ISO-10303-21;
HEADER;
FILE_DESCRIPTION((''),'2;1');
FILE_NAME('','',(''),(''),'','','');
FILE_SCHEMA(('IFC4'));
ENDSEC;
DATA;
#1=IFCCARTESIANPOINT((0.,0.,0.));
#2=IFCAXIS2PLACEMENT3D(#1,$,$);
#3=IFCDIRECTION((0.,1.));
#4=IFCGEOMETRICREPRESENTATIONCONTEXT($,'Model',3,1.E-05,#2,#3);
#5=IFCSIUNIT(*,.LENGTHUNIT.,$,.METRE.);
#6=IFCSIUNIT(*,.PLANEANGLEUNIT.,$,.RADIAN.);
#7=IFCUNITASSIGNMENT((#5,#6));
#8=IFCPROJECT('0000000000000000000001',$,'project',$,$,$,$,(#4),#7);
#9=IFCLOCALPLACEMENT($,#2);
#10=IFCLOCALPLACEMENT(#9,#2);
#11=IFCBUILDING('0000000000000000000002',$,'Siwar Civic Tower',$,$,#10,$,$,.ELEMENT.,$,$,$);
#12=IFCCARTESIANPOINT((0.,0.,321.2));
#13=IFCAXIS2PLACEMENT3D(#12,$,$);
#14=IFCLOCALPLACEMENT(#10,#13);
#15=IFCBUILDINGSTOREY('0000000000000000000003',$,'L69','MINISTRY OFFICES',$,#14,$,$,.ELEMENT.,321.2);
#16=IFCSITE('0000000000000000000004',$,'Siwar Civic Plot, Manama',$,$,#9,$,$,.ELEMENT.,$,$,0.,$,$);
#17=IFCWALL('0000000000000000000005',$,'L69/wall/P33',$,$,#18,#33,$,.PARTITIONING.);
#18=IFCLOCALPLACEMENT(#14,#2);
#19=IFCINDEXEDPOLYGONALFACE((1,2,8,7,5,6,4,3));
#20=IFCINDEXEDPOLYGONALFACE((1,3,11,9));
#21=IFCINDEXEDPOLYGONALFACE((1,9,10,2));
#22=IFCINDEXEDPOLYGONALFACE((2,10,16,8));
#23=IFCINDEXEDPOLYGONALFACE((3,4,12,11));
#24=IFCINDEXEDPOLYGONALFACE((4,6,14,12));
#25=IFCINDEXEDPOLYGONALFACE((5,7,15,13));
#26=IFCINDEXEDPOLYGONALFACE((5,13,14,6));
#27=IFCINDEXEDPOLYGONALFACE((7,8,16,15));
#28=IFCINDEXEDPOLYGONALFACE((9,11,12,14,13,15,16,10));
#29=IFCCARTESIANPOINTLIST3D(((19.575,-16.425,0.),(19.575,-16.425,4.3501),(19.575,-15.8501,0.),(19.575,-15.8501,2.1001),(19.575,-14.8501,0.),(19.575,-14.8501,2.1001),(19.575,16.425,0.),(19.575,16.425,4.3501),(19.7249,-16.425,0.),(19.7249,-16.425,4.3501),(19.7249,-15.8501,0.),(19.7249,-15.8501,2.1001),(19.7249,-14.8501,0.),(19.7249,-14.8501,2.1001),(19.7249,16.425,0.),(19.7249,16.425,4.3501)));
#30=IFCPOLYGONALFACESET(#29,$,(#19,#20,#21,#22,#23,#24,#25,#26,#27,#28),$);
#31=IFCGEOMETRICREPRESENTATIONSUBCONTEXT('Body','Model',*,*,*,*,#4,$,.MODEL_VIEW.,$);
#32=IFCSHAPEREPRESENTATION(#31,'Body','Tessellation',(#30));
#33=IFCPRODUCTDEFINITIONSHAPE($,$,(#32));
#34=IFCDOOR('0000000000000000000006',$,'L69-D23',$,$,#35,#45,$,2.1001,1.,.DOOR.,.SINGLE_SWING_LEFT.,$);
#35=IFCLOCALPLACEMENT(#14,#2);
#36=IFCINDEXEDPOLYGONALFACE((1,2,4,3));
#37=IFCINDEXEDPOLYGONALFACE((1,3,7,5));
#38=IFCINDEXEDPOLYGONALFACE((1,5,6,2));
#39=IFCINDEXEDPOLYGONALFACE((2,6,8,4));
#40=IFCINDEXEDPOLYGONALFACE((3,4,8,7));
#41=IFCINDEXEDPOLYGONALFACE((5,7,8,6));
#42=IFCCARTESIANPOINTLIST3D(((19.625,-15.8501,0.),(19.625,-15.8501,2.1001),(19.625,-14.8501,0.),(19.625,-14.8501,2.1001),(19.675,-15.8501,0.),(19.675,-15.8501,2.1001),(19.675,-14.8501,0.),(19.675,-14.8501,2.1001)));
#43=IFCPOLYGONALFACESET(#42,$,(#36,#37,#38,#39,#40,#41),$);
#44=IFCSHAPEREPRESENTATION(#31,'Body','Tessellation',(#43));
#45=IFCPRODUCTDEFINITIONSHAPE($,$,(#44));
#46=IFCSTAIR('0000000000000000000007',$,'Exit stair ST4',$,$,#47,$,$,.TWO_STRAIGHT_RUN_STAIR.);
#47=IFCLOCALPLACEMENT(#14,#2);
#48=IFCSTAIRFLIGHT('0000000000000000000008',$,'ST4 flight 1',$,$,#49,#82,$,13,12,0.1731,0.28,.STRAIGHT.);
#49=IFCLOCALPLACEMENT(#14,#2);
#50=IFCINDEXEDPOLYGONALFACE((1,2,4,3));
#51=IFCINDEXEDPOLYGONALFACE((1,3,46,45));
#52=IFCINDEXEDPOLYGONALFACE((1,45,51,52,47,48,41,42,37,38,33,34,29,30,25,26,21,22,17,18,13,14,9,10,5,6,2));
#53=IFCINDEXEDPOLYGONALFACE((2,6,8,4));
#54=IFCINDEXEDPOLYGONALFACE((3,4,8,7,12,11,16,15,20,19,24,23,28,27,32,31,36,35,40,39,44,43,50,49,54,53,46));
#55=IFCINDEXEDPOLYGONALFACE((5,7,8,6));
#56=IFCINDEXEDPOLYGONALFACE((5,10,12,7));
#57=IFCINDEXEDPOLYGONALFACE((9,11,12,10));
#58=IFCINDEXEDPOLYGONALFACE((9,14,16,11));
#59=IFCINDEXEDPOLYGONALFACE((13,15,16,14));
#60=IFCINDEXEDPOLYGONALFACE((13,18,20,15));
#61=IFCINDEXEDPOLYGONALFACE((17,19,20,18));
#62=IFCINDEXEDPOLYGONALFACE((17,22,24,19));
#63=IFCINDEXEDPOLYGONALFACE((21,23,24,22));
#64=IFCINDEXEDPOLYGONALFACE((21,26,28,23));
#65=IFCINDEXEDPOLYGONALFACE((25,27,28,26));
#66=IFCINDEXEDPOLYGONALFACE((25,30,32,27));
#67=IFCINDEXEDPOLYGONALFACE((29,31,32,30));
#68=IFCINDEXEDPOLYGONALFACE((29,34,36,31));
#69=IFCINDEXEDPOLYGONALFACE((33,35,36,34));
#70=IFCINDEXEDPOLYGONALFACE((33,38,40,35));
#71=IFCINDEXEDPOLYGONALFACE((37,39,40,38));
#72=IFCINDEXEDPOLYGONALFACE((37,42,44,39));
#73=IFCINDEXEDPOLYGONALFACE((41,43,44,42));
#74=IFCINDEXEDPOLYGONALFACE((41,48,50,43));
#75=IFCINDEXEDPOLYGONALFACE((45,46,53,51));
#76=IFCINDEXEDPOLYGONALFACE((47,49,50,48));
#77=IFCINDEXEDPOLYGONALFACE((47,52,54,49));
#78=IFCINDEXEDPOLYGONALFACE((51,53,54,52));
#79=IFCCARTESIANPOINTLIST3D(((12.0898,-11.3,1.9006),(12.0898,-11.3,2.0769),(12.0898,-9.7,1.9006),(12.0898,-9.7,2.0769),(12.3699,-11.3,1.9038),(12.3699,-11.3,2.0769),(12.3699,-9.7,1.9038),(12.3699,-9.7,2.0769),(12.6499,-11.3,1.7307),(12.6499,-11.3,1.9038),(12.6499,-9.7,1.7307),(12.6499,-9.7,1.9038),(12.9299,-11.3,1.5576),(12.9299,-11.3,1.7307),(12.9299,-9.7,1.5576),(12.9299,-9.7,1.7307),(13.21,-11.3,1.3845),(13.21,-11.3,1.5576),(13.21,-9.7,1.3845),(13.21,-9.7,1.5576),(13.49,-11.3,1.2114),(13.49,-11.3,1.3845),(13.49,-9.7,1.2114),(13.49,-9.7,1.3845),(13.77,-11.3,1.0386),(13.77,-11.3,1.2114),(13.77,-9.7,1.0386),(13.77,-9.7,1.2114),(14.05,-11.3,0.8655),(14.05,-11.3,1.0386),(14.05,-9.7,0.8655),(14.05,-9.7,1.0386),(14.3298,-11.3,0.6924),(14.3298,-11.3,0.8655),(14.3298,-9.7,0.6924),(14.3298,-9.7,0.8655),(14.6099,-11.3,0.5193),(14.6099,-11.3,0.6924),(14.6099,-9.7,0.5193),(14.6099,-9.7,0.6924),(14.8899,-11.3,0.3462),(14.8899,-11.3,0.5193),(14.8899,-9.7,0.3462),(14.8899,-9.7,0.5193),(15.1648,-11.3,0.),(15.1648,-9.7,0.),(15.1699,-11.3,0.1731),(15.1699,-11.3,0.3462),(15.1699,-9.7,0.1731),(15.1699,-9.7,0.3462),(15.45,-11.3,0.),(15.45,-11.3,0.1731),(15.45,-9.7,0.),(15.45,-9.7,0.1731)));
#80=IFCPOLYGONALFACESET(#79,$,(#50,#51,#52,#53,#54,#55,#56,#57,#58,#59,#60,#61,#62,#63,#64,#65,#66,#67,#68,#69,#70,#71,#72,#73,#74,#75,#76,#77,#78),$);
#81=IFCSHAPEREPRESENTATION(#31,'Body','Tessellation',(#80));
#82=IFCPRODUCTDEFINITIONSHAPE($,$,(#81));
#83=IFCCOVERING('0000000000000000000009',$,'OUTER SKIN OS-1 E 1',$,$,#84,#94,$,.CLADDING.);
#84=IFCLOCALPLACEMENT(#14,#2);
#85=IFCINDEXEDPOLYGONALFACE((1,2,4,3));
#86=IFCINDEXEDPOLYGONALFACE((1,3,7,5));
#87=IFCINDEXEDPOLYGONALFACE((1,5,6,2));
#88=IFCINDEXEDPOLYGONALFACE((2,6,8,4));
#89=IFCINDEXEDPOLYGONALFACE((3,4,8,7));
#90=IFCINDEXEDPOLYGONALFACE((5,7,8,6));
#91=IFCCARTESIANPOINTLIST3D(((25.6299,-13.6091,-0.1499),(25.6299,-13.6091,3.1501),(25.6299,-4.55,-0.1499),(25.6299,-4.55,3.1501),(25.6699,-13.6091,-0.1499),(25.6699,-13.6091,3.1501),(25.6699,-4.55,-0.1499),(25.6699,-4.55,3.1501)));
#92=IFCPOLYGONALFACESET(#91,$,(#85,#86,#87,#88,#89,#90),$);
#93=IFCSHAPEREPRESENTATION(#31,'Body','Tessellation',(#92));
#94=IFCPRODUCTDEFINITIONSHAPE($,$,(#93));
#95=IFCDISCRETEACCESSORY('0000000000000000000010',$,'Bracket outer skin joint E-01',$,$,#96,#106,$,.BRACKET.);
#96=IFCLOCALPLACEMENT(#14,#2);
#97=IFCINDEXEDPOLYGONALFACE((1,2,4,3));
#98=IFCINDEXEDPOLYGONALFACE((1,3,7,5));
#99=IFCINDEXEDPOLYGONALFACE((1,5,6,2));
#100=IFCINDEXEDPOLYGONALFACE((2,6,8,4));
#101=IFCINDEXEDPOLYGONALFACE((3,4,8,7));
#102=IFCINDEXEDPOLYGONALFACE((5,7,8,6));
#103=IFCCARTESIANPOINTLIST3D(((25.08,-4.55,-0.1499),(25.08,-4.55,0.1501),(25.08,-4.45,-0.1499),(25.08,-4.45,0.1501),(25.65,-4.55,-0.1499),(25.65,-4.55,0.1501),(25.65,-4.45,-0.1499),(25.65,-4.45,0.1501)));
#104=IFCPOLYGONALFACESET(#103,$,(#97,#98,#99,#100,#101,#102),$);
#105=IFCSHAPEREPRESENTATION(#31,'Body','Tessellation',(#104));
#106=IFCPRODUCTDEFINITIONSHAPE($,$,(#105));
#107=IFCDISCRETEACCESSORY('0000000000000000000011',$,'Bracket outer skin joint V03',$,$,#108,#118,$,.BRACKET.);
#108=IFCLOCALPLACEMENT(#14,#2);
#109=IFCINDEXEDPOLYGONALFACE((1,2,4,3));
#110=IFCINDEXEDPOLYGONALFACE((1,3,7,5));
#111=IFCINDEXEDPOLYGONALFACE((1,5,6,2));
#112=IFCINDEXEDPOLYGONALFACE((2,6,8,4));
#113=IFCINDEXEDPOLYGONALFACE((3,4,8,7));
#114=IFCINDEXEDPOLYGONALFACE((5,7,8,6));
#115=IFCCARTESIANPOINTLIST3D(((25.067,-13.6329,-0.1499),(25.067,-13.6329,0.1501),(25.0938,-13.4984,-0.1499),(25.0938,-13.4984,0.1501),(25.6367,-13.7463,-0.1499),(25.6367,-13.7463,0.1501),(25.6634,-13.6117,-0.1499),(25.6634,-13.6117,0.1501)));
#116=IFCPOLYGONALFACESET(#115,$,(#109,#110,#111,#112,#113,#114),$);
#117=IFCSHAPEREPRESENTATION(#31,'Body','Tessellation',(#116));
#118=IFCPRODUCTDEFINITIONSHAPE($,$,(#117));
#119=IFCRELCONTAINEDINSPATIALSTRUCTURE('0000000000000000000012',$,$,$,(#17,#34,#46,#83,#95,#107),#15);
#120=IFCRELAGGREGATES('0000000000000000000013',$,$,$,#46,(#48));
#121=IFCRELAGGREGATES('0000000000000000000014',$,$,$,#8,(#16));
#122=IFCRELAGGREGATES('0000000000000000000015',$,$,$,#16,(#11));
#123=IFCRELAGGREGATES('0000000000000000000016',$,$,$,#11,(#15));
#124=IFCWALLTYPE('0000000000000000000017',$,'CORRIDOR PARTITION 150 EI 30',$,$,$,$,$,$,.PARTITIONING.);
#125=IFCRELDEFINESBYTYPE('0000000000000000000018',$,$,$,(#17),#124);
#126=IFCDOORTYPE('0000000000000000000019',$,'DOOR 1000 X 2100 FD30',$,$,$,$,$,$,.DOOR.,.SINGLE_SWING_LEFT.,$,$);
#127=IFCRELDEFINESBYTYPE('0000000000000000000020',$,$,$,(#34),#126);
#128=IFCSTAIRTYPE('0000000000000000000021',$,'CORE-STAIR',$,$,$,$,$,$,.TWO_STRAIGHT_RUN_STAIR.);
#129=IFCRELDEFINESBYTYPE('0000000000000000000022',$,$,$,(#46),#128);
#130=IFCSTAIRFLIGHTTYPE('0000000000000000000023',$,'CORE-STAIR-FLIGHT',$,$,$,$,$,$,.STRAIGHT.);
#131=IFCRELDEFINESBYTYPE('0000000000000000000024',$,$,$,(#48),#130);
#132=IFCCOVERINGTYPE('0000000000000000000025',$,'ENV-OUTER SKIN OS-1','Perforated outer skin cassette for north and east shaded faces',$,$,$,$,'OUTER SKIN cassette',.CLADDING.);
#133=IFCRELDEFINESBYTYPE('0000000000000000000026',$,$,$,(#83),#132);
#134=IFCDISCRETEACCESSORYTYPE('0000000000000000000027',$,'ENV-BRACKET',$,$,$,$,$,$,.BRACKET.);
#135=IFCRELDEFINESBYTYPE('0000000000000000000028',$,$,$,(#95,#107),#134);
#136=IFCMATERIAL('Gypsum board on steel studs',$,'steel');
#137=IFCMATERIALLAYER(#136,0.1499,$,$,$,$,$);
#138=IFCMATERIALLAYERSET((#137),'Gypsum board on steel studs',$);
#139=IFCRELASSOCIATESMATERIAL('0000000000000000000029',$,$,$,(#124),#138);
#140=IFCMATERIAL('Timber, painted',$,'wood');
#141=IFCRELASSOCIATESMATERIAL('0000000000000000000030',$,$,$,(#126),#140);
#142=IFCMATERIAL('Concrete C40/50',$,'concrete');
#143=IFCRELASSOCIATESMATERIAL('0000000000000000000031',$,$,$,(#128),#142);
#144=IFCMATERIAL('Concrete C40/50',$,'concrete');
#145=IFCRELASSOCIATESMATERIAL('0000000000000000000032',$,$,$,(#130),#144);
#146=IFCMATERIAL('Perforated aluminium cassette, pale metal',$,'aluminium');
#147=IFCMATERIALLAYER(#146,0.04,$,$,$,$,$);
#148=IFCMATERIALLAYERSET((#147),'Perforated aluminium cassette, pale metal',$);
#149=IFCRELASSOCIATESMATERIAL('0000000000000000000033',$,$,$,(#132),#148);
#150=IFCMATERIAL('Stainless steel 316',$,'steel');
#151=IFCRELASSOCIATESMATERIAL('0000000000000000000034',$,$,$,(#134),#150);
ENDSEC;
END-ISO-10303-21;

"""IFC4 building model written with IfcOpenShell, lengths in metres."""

from ifc_helpers import new_model, si_unit, direction, frame, frame_2d, origin, origin_2d, place, context, subcontext, project, spatial, polyline, rectangle, outline, extrude, material, layer, layer_set, type_object, element, fill, aggregate, save


model = new_model("IFC4")

# Units and contexts
model_context = context("Model", 3, precision=1e-05, world=origin(), true_north=direction((0.0, 1.0)))
body_context = subcontext(model_context, "Body", "Model", "MODEL_VIEW")
ifc_project = project(units=[si_unit("LENGTHUNIT", "METRE"), si_unit("PLANEANGLEUNIT", "RADIAN")], contexts=[model_context])

# Site, building, storey
site_placement = place(None, origin())
site = spatial("IfcSite", under=ifc_project, at=site_placement, Name="Siwar Civic Plot, Manama", CompositionType="ELEMENT", RefElevation=0.0)
building_placement = place(site_placement, origin())
building = spatial("IfcBuilding", under=site, at=building_placement, Name="Siwar Civic Tower", CompositionType="ELEMENT")
storey_placement = place(building_placement, frame((0.0, 0.0, 321.2)))
storey = spatial("IfcBuildingStorey", under=building, at=storey_placement, Name="L69", Description="MINISTRY OFFICES", CompositionType="ELEMENT", Elevation=321.2)

# Wall, opening, door
ifc_material_1 = material(Name="Gypsum board on steel studs", Category="steel")
ifc_layer_1 = layer(ifc_material_1, 0.1499)
ifc_layer_set_1 = layer_set([ifc_layer_1], Name="Gypsum board on steel studs")
wall_type_1 = type_object("IfcWallType", Name="CORRIDOR PARTITION 150 EI 30", PredefinedType="PARTITIONING", material=ifc_layer_set_1)
wall_1_placement = place(storey_placement, frame((19.6499, -16.425, 0.0), z_axis=(0.0, 0.0, 1.0), x_axis=(0.0, 1.0, 0.0)))
wall_1 = element("IfcWall", 1, at=wall_1_placement, inside=storey, type_object=wall_type_1, Name="L69/wall/P33", PredefinedType="PARTITIONING", context=body_context, shape_type="SweptSolid", body=[
    extrude(rectangle(XDim=32.8501, YDim=0.1499, at=frame_2d((16.425, 0.0))), origin(), (0.0, 0.0, 1.0), 4.3501),
])
opening_1_placement = place(wall_1_placement, frame((0.575, 0.0, 0.0)))
opening_1 = element("IfcOpeningElement", 2, at=opening_1_placement, cuts=wall_1, PredefinedType="OPENING", context=body_context, shape_type="SweptSolid", body=[
    extrude(rectangle(XDim=1.0, YDim=2.1001, at=frame_2d((0.5, 1.05))), frame((0.0, 0.085, 0.0), z_axis=(0.0, -1.0, 0.0), x_axis=(1.0, 0.0, 0.0)), (0.0, 0.0, 1.0), 0.1699),
])
ifc_material_2 = material(Name="Timber, painted", Category="wood")
door_type_1 = type_object("IfcDoorType", Name="DOOR 1000 X 2100 FD30", OperationType="SINGLE_SWING_LEFT", PredefinedType="DOOR", material=ifc_material_2)
door_1_placement = place(opening_1_placement, origin())
door_1 = element("IfcDoor", 3, at=door_1_placement, inside=storey, type_object=door_type_1, Name="L69-D23", OperationType="SINGLE_SWING_LEFT", OverallHeight=2.1001, OverallWidth=1.0, PredefinedType="DOOR", context=body_context, shape_type="SweptSolid", body=[
    extrude(rectangle(XDim=1.0, YDim=2.1001, at=frame_2d((0.5, 1.05))), frame((0.0, 0.0249, 0.0), z_axis=(0.0, -1.0, 0.0), x_axis=(1.0, 0.0, 0.0)), (0.0, 0.0, 1.0), 0.05),
])
fill(opening_1, door_1)

# Stair, stair flight
ifc_material_3 = material(Name="Concrete C40/50", Category="concrete")
stair_type = type_object("IfcStairType", Name="CORE-STAIR", PredefinedType="TWO_STRAIGHT_RUN_STAIR", material=ifc_material_3)
stair_placement = place(storey_placement, origin())
stair = element("IfcStair", 4, at=stair_placement, inside=storey, type_object=stair_type, Name="Exit stair ST4", PredefinedType="TWO_STRAIGHT_RUN_STAIR")
ifc_material_4 = material(Name="Concrete C40/50", Category="concrete")
stair_flight_type = type_object("IfcStairFlightType", Name="CORE-STAIR-FLIGHT", PredefinedType="STRAIGHT", material=ifc_material_4)
stair_flight_placement = place(storey_placement, frame((15.45, -10.5, 0.0), z_axis=(0.0, 0.0, 1.0), x_axis=(-1.0, 0.0, 0.0)))
stair_flight = element("IfcStairFlight", 5, at=stair_flight_placement, type_object=stair_flight_type, Name="ST4 flight 1", NumberOfRisers=13, NumberOfTreads=12, PredefinedType="STRAIGHT", RiserHeight=0.1731, TreadLength=0.28, context=body_context, shape_type="SweptSolid", body=[
    extrude(outline(polyline([(0.0, 0.0), (0.0, 0.1731), (0.28, 0.1731), (0.28, 0.3462), (0.5601, 0.3462), (0.5601, 0.5193), (0.8401, 0.5193), (0.8401, 0.6924), (1.1201, 0.6924), (1.1201, 0.8655), (1.3999, 0.8655), (1.3999, 1.0386), (1.6799, 1.0386), (1.6799, 1.2114), (1.96, 1.2114), (1.96, 1.3845), (2.24, 1.3845), (2.24, 1.5576), (2.52, 1.5576), (2.52, 1.7307), (2.8, 1.7307), (2.8, 1.9038), (3.0801, 1.9038), (3.0801, 2.0769), (3.3601, 2.0769), (3.3601, 2.25), (3.3601, 1.9006), (0.2852, 0.0), (0.0, 0.0)])), frame((0.0, 0.8, 0.0), z_axis=(0.0, -1.0, 0.0), x_axis=(1.0, 0.0, 0.0)), (0.0, 0.0, 1.0), 1.6001),
])
aggregate(stair, [stair_flight])

# Covering
ifc_material_5 = material(Name="Perforated aluminium cassette, pale metal", Category="aluminium")
ifc_layer_2 = layer(ifc_material_5, 0.04)
ifc_layer_set_2 = layer_set([ifc_layer_2], Name="Perforated aluminium cassette, pale metal")
covering_type = type_object("IfcCoveringType", Name="ENV-OUTER SKIN OS-1", Description="Perforated outer skin cassette for north and east shaded faces", ElementType="OUTER SKIN cassette", PredefinedType="CLADDING", material=ifc_layer_set_2)
covering_placement = place(storey_placement, frame((25.6499, -9.0796, -0.1499), z_axis=(0.0, 0.0, 1.0), x_axis=(0.0, 1.0, 0.0)))
element("IfcCovering", 6, at=covering_placement, inside=storey, type_object=covering_type, Name="OUTER SKIN OS-1 E 1", PredefinedType="CLADDING", context=body_context, shape_type="SweptSolid", body=[
    extrude(rectangle(XDim=9.0591, YDim=0.04, at=origin_2d()), origin(), (0.0, 0.0, 1.0), 3.3),
])

# Discrete accessories
ifc_material_6 = material(Name="Stainless steel 316", Category="steel")
discrete_accessory_type = type_object("IfcDiscreteAccessoryType", Name="ENV-BRACKET", PredefinedType="BRACKET", material=ifc_material_6)
discrete_accessory_1_placement = place(storey_placement, frame((25.365, -4.5, -0.1499), z_axis=(0.0, 0.0, 1.0), x_axis=(1.0, 0.0, 0.0)))
element("IfcDiscreteAccessory", 7, at=discrete_accessory_1_placement, inside=storey, type_object=discrete_accessory_type, Name="Bracket outer skin joint E-01", PredefinedType="BRACKET", context=body_context, shape_type="SweptSolid", body=[
    extrude(rectangle(XDim=0.5701, YDim=0.1001, at=origin_2d()), origin(), (0.0, 0.0, 1.0), 0.3),
])
discrete_accessory_2_placement = place(storey_placement, frame((25.3652, -13.6223, -0.1499), z_axis=(0.0, 0.0, 1.0), x_axis=(0.980785, -0.19509, 0.0)))
element("IfcDiscreteAccessory", 8, at=discrete_accessory_2_placement, inside=storey, type_object=discrete_accessory_type, Name="Bracket outer skin joint V03", PredefinedType="BRACKET", context=body_context, shape_type="SweptSolid", body=[
    extrude(rectangle(XDim=0.5808, YDim=0.1372, at=origin_2d()), origin(), (0.0, 0.0, 1.0), 0.3),
])

save(model, "model.ifc")
